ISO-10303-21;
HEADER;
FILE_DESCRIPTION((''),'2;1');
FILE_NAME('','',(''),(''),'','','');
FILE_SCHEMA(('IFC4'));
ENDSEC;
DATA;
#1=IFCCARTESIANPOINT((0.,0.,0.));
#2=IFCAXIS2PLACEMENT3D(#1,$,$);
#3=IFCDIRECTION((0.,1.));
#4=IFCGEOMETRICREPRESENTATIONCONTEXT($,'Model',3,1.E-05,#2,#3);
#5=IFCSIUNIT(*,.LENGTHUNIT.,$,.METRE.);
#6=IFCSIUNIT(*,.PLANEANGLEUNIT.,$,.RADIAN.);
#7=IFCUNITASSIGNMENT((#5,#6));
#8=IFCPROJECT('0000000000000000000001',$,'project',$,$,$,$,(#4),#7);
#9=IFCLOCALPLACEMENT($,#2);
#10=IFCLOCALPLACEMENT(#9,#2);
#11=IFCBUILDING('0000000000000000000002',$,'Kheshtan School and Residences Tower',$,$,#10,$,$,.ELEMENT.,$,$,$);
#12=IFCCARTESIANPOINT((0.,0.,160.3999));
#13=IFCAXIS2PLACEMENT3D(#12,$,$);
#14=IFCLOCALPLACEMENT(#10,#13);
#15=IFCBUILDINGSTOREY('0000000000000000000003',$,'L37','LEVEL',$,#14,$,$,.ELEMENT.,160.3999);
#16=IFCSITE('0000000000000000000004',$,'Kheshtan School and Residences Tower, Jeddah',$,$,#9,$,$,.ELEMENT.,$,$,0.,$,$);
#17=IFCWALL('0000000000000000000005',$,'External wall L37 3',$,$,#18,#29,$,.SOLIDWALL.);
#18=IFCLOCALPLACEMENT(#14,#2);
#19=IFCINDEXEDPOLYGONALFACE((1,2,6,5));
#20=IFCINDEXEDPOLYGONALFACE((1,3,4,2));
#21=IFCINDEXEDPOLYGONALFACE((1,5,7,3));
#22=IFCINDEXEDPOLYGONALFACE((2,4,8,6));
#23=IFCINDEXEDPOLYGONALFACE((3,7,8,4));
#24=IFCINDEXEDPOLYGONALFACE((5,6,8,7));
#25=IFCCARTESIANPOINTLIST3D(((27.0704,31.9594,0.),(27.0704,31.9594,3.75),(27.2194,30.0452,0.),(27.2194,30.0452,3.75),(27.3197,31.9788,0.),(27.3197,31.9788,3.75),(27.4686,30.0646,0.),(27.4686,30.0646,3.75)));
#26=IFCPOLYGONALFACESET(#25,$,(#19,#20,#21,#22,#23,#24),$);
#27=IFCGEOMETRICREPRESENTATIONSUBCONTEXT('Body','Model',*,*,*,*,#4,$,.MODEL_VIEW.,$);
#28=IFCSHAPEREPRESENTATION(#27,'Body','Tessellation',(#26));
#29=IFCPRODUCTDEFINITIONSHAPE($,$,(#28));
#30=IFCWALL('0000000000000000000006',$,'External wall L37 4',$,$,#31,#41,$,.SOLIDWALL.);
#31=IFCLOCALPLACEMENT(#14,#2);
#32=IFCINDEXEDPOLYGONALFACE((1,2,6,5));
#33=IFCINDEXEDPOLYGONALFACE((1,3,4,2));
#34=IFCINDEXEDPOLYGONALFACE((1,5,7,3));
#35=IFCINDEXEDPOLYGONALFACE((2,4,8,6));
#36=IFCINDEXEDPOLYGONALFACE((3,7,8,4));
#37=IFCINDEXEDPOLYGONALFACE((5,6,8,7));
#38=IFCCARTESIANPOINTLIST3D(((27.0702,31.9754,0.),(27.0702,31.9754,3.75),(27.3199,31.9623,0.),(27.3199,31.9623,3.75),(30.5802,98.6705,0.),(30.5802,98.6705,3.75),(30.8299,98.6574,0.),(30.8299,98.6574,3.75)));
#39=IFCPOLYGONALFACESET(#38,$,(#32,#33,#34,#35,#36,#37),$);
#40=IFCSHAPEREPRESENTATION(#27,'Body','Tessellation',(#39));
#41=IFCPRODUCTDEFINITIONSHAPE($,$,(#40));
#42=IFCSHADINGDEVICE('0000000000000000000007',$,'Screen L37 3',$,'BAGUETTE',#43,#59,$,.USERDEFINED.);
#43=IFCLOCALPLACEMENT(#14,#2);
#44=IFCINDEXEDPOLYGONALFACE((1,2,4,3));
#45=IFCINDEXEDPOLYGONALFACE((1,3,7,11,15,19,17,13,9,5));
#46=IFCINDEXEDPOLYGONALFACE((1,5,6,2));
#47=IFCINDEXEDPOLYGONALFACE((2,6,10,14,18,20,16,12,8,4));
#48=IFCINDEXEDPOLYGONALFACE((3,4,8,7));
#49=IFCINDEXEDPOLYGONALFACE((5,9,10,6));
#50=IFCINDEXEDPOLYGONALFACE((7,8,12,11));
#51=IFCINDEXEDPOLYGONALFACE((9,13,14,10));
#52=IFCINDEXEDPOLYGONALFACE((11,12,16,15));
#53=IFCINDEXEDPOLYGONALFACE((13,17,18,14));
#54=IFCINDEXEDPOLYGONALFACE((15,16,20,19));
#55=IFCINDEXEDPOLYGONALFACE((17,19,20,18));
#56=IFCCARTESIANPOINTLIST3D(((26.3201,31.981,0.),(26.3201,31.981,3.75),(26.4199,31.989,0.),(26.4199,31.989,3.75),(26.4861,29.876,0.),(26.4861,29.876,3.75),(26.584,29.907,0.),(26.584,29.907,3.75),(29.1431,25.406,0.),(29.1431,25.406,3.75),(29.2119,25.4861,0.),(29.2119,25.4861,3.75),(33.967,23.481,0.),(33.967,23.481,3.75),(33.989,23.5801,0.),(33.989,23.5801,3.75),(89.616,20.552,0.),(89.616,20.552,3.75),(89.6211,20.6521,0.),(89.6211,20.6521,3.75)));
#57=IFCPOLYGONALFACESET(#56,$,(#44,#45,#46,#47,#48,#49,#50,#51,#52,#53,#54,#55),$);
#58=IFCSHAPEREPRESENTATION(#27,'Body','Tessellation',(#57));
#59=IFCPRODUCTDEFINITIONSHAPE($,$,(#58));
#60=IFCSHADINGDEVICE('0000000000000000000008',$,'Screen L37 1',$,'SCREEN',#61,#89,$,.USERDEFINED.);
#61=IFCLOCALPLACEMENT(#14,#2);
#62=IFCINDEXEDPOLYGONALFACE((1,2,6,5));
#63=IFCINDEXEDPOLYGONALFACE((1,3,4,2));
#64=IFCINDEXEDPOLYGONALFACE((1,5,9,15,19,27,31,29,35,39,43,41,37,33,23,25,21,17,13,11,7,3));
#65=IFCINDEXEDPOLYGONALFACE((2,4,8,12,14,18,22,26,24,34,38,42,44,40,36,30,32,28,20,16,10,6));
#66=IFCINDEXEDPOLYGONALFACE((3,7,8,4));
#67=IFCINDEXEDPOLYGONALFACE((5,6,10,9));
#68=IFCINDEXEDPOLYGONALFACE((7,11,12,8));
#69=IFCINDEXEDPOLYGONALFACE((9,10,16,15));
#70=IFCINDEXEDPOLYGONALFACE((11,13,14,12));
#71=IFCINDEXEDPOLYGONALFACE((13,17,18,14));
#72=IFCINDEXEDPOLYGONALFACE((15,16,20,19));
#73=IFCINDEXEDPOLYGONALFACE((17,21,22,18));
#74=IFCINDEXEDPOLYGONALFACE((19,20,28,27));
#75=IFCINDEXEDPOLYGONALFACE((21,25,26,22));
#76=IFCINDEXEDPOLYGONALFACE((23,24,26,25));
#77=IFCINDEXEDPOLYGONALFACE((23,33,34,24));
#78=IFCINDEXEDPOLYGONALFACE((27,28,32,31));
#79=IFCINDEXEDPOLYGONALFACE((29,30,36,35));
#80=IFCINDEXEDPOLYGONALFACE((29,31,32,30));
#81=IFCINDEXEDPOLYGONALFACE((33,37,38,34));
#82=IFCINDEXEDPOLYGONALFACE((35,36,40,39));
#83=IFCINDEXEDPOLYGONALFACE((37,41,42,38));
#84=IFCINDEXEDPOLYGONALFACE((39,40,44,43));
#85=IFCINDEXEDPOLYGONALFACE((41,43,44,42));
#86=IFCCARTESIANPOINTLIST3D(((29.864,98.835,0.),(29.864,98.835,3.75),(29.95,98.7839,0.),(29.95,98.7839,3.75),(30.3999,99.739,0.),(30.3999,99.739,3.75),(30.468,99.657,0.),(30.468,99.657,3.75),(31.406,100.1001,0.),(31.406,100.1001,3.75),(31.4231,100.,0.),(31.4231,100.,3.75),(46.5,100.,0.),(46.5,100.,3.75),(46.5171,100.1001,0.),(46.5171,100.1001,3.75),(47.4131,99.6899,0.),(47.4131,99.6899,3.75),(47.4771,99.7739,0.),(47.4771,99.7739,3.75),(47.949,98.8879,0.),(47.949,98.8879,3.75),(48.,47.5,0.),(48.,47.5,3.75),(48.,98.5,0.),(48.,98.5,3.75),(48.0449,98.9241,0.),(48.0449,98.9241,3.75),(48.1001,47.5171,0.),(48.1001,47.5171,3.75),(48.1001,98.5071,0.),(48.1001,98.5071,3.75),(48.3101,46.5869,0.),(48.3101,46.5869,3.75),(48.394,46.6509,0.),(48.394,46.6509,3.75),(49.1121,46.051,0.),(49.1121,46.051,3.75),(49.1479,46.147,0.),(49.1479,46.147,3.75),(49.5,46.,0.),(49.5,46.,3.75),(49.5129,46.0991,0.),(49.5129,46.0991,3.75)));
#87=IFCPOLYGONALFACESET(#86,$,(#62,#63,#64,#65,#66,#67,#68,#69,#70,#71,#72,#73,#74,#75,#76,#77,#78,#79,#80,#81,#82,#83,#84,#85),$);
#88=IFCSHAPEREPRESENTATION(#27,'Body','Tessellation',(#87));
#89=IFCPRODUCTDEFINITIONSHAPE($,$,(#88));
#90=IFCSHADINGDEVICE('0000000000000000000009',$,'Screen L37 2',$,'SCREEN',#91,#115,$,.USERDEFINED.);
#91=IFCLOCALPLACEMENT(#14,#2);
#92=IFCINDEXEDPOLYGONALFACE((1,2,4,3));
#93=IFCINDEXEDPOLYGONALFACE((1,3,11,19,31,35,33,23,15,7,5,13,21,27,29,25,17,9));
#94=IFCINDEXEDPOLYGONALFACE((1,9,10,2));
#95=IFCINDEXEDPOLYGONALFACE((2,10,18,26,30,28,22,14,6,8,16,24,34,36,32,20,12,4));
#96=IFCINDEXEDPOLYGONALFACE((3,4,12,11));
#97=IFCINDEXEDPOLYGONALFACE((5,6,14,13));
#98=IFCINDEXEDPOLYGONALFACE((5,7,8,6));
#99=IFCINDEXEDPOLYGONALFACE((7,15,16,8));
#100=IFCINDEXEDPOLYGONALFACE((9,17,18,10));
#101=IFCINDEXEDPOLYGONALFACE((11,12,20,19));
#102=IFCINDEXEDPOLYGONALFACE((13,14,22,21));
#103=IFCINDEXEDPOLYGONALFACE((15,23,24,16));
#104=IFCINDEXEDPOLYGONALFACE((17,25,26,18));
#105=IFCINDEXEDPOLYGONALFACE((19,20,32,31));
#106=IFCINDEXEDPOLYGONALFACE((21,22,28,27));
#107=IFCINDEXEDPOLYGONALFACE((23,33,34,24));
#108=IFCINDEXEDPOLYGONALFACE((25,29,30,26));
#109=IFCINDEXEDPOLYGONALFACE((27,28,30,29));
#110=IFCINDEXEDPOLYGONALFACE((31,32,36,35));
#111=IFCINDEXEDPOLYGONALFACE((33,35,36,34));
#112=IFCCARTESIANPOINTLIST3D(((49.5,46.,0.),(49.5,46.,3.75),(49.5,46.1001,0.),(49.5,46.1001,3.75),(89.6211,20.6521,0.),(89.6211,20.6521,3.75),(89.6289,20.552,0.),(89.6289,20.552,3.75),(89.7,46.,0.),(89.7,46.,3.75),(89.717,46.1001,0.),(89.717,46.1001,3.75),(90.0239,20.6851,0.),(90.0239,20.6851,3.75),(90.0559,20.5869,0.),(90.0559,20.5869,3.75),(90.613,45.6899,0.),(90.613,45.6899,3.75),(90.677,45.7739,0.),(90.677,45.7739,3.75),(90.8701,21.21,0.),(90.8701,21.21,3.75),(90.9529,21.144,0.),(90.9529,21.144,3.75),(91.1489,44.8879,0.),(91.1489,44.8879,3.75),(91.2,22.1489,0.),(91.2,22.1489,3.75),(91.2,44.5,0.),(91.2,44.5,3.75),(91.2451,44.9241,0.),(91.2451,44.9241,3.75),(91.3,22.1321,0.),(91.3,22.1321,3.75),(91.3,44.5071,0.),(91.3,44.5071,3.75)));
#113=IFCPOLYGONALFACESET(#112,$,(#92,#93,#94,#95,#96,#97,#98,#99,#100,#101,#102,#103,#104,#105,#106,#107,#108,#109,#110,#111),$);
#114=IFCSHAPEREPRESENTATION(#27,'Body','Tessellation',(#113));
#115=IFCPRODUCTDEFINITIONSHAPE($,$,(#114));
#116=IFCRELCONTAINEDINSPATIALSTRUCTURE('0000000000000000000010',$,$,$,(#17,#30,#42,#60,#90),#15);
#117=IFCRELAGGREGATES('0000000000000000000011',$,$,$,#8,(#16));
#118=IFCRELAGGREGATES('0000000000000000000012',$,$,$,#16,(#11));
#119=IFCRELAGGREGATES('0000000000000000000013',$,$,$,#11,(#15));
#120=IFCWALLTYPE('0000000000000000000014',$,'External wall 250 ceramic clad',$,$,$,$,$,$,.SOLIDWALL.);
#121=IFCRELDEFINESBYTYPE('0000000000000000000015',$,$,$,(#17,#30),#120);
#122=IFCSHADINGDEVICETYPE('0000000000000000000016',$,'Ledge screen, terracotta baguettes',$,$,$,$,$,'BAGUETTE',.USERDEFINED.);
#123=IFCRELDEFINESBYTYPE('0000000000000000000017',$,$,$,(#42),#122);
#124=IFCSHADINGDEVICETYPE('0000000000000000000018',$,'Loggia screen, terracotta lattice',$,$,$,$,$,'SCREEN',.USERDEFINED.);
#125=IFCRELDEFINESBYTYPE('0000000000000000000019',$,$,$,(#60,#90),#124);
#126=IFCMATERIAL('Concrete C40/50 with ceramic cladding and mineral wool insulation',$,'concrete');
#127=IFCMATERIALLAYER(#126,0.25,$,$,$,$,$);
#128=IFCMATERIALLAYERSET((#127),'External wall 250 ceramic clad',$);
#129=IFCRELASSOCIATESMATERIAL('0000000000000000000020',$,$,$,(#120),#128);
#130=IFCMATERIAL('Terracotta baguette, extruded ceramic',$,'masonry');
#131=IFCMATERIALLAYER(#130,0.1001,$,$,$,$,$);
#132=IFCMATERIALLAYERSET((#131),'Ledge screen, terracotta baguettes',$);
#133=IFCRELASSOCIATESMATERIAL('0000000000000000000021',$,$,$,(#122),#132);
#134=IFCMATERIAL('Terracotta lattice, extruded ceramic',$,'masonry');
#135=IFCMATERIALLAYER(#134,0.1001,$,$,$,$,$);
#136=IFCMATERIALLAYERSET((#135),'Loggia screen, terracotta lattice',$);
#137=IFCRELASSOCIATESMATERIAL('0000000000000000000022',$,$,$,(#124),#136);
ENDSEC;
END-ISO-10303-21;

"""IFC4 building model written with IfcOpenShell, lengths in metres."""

from ifc_helpers import new_model, si_unit, direction, frame, frame_2d, origin, place, context, subcontext, project, spatial, polyline, rectangle, outline, extrude, material, layer, layer_set, type_object, element, save


model = new_model("IFC4")

# Units and contexts
model_context = context("Model", 3, precision=1e-05, world=origin(), true_north=direction((0.0, 1.0)))
body_context = subcontext(model_context, "Body", "Model", "MODEL_VIEW")
ifc_project = project(units=[si_unit("LENGTHUNIT", "METRE"), si_unit("PLANEANGLEUNIT", "RADIAN")], contexts=[model_context])

# Site, building, storey
site_placement = place(None, origin())
site = spatial("IfcSite", under=ifc_project, at=site_placement, Name="Kheshtan School and Residences Tower, Jeddah", CompositionType="ELEMENT", RefElevation=0.0)
building_placement = place(site_placement, origin())
building = spatial("IfcBuilding", under=site, at=building_placement, Name="Kheshtan School and Residences Tower", CompositionType="ELEMENT")
storey_placement = place(building_placement, frame((0.0, 0.0, 160.3999)))
storey = spatial("IfcBuildingStorey", under=building, at=storey_placement, Name="L37", Description="LEVEL", CompositionType="ELEMENT", Elevation=160.3999)

# Walls
ifc_material_1 = material(Name="Concrete C40/50 with ceramic cladding and mineral wool insulation", Category="concrete")
ifc_layer_1 = layer(ifc_material_1, 0.25)
ifc_layer_set_1 = layer_set([ifc_layer_1], Name="External wall 250 ceramic clad")
wall_type_1 = type_object("IfcWallType", Name="External wall 250 ceramic clad", PredefinedType="SOLIDWALL", material=ifc_layer_set_1)
wall_1_placement = place(storey_placement, frame((27.344, 30.0549, 0.0), z_axis=(0.0, 0.0, 1.0), x_axis=(-0.077572, 0.996987, 0.0)))
element("IfcWall", 1, at=wall_1_placement, inside=storey, type_object=wall_type_1, Name="External wall L37 3", PredefinedType="SOLIDWALL", context=body_context, shape_type="SweptSolid", body=[
    extrude(rectangle(XDim=1.9199, YDim=0.25, at=frame_2d((0.96, 0.0))), origin(), (0.0, 0.0, 1.0), 3.75),
])
wall_2_placement = place(storey_placement, frame((27.1951, 31.969, 0.0), z_axis=(0.0, 0.0, 1.0), x_axis=(0.052555, 0.998618, 0.0)))
element("IfcWall", 2, at=wall_2_placement, inside=storey, type_object=wall_type_1, Name="External wall L37 4", PredefinedType="SOLIDWALL", context=body_context, shape_type="SweptSolid", body=[
    extrude(rectangle(XDim=66.7874, YDim=0.25, at=frame_2d((33.3936, 0.0))), origin(), (0.0, 0.0, 1.0), 3.75),
])

# Shading devices
ifc_material_2 = material(Name="Terracotta baguette, extruded ceramic", Category="masonry")
ifc_layer_2 = layer(ifc_material_2, 0.1001)
ifc_layer_set_2 = layer_set([ifc_layer_2], Name="Ledge screen, terracotta baguettes")
shading_device_type_1 = type_object("IfcShadingDeviceType", Name="Ledge screen, terracotta baguettes", ElementType="BAGUETTE", PredefinedType="USERDEFINED", material=ifc_layer_set_2)
shading_device_1_placement = place(storey_placement, origin())
element("IfcShadingDevice", 3, at=shading_device_1_placement, inside=storey, type_object=shading_device_type_1, Name="Screen L37 3", ObjectType="BAGUETTE", PredefinedType="USERDEFINED", context=body_context, shape_type="SweptSolid", body=[
    extrude(outline(polyline([(89.6211, 20.6521), (33.989, 23.5801), (29.2119, 25.4861), (26.584, 29.907), (26.4199, 31.989), (26.3201, 31.981), (26.4861, 29.876), (29.1431, 25.406), (33.967, 23.481), (89.616, 20.552), (89.6211, 20.6521)])), origin(), (0.0, 0.0, 1.0), 3.75),
])
ifc_material_3 = material(Name="Terracotta lattice, extruded ceramic", Category="masonry")
ifc_layer_3 = layer(ifc_material_3, 0.1001)
ifc_layer_set_3 = layer_set([ifc_layer_3], Name="Loggia screen, terracotta lattice")
shading_device_type_2 = type_object("IfcShadingDeviceType", Name="Loggia screen, terracotta lattice", ElementType="SCREEN", PredefinedType="USERDEFINED", material=ifc_layer_set_3)
shading_device_2_placement = place(storey_placement, origin())
element("IfcShadingDevice", 4, at=shading_device_2_placement, inside=storey, type_object=shading_device_type_2, Name="Screen L37 1", ObjectType="SCREEN", PredefinedType="USERDEFINED", context=body_context, shape_type="SweptSolid", body=[
    extrude(outline(polyline([(29.95, 98.7839), (30.468, 99.657), (31.4231, 100.0), (46.5, 100.0), (47.4131, 99.6899), (47.949, 98.8879), (48.0, 98.5), (48.0, 47.5), (48.3101, 46.5869), (49.1121, 46.051), (49.5, 46.0), (49.5129, 46.0991), (49.1479, 46.147), (48.394, 46.6509), (48.1001, 47.5171), (48.1001, 98.5071), (48.0449, 98.9241), (47.4771, 99.7739), (46.5171, 100.1001), (31.406, 100.1001), (30.3999, 99.739), (29.864, 98.835), (29.95, 98.7839)])), origin(), (0.0, 0.0, 1.0), 3.75),
])
shading_device_3_placement = place(storey_placement, origin())
element("IfcShadingDevice", 5, at=shading_device_3_placement, inside=storey, type_object=shading_device_type_2, Name="Screen L37 2", ObjectType="SCREEN", PredefinedType="USERDEFINED", context=body_context, shape_type="SweptSolid", body=[
    extrude(outline(polyline([(49.5, 46.0), (89.7, 46.0), (90.613, 45.6899), (91.1489, 44.8879), (91.2, 44.5), (91.2, 22.1489), (90.8701, 21.21), (90.0239, 20.6851), (89.6211, 20.6521), (89.6289, 20.552), (90.0559, 20.5869), (90.9529, 21.144), (91.3, 22.1321), (91.3, 44.5071), (91.2451, 44.9241), (90.677, 45.7739), (89.717, 46.1001), (49.5, 46.1001), (49.5, 46.0)])), origin(), (0.0, 0.0, 1.0), 3.75),
])

save(model, "model.ifc")
